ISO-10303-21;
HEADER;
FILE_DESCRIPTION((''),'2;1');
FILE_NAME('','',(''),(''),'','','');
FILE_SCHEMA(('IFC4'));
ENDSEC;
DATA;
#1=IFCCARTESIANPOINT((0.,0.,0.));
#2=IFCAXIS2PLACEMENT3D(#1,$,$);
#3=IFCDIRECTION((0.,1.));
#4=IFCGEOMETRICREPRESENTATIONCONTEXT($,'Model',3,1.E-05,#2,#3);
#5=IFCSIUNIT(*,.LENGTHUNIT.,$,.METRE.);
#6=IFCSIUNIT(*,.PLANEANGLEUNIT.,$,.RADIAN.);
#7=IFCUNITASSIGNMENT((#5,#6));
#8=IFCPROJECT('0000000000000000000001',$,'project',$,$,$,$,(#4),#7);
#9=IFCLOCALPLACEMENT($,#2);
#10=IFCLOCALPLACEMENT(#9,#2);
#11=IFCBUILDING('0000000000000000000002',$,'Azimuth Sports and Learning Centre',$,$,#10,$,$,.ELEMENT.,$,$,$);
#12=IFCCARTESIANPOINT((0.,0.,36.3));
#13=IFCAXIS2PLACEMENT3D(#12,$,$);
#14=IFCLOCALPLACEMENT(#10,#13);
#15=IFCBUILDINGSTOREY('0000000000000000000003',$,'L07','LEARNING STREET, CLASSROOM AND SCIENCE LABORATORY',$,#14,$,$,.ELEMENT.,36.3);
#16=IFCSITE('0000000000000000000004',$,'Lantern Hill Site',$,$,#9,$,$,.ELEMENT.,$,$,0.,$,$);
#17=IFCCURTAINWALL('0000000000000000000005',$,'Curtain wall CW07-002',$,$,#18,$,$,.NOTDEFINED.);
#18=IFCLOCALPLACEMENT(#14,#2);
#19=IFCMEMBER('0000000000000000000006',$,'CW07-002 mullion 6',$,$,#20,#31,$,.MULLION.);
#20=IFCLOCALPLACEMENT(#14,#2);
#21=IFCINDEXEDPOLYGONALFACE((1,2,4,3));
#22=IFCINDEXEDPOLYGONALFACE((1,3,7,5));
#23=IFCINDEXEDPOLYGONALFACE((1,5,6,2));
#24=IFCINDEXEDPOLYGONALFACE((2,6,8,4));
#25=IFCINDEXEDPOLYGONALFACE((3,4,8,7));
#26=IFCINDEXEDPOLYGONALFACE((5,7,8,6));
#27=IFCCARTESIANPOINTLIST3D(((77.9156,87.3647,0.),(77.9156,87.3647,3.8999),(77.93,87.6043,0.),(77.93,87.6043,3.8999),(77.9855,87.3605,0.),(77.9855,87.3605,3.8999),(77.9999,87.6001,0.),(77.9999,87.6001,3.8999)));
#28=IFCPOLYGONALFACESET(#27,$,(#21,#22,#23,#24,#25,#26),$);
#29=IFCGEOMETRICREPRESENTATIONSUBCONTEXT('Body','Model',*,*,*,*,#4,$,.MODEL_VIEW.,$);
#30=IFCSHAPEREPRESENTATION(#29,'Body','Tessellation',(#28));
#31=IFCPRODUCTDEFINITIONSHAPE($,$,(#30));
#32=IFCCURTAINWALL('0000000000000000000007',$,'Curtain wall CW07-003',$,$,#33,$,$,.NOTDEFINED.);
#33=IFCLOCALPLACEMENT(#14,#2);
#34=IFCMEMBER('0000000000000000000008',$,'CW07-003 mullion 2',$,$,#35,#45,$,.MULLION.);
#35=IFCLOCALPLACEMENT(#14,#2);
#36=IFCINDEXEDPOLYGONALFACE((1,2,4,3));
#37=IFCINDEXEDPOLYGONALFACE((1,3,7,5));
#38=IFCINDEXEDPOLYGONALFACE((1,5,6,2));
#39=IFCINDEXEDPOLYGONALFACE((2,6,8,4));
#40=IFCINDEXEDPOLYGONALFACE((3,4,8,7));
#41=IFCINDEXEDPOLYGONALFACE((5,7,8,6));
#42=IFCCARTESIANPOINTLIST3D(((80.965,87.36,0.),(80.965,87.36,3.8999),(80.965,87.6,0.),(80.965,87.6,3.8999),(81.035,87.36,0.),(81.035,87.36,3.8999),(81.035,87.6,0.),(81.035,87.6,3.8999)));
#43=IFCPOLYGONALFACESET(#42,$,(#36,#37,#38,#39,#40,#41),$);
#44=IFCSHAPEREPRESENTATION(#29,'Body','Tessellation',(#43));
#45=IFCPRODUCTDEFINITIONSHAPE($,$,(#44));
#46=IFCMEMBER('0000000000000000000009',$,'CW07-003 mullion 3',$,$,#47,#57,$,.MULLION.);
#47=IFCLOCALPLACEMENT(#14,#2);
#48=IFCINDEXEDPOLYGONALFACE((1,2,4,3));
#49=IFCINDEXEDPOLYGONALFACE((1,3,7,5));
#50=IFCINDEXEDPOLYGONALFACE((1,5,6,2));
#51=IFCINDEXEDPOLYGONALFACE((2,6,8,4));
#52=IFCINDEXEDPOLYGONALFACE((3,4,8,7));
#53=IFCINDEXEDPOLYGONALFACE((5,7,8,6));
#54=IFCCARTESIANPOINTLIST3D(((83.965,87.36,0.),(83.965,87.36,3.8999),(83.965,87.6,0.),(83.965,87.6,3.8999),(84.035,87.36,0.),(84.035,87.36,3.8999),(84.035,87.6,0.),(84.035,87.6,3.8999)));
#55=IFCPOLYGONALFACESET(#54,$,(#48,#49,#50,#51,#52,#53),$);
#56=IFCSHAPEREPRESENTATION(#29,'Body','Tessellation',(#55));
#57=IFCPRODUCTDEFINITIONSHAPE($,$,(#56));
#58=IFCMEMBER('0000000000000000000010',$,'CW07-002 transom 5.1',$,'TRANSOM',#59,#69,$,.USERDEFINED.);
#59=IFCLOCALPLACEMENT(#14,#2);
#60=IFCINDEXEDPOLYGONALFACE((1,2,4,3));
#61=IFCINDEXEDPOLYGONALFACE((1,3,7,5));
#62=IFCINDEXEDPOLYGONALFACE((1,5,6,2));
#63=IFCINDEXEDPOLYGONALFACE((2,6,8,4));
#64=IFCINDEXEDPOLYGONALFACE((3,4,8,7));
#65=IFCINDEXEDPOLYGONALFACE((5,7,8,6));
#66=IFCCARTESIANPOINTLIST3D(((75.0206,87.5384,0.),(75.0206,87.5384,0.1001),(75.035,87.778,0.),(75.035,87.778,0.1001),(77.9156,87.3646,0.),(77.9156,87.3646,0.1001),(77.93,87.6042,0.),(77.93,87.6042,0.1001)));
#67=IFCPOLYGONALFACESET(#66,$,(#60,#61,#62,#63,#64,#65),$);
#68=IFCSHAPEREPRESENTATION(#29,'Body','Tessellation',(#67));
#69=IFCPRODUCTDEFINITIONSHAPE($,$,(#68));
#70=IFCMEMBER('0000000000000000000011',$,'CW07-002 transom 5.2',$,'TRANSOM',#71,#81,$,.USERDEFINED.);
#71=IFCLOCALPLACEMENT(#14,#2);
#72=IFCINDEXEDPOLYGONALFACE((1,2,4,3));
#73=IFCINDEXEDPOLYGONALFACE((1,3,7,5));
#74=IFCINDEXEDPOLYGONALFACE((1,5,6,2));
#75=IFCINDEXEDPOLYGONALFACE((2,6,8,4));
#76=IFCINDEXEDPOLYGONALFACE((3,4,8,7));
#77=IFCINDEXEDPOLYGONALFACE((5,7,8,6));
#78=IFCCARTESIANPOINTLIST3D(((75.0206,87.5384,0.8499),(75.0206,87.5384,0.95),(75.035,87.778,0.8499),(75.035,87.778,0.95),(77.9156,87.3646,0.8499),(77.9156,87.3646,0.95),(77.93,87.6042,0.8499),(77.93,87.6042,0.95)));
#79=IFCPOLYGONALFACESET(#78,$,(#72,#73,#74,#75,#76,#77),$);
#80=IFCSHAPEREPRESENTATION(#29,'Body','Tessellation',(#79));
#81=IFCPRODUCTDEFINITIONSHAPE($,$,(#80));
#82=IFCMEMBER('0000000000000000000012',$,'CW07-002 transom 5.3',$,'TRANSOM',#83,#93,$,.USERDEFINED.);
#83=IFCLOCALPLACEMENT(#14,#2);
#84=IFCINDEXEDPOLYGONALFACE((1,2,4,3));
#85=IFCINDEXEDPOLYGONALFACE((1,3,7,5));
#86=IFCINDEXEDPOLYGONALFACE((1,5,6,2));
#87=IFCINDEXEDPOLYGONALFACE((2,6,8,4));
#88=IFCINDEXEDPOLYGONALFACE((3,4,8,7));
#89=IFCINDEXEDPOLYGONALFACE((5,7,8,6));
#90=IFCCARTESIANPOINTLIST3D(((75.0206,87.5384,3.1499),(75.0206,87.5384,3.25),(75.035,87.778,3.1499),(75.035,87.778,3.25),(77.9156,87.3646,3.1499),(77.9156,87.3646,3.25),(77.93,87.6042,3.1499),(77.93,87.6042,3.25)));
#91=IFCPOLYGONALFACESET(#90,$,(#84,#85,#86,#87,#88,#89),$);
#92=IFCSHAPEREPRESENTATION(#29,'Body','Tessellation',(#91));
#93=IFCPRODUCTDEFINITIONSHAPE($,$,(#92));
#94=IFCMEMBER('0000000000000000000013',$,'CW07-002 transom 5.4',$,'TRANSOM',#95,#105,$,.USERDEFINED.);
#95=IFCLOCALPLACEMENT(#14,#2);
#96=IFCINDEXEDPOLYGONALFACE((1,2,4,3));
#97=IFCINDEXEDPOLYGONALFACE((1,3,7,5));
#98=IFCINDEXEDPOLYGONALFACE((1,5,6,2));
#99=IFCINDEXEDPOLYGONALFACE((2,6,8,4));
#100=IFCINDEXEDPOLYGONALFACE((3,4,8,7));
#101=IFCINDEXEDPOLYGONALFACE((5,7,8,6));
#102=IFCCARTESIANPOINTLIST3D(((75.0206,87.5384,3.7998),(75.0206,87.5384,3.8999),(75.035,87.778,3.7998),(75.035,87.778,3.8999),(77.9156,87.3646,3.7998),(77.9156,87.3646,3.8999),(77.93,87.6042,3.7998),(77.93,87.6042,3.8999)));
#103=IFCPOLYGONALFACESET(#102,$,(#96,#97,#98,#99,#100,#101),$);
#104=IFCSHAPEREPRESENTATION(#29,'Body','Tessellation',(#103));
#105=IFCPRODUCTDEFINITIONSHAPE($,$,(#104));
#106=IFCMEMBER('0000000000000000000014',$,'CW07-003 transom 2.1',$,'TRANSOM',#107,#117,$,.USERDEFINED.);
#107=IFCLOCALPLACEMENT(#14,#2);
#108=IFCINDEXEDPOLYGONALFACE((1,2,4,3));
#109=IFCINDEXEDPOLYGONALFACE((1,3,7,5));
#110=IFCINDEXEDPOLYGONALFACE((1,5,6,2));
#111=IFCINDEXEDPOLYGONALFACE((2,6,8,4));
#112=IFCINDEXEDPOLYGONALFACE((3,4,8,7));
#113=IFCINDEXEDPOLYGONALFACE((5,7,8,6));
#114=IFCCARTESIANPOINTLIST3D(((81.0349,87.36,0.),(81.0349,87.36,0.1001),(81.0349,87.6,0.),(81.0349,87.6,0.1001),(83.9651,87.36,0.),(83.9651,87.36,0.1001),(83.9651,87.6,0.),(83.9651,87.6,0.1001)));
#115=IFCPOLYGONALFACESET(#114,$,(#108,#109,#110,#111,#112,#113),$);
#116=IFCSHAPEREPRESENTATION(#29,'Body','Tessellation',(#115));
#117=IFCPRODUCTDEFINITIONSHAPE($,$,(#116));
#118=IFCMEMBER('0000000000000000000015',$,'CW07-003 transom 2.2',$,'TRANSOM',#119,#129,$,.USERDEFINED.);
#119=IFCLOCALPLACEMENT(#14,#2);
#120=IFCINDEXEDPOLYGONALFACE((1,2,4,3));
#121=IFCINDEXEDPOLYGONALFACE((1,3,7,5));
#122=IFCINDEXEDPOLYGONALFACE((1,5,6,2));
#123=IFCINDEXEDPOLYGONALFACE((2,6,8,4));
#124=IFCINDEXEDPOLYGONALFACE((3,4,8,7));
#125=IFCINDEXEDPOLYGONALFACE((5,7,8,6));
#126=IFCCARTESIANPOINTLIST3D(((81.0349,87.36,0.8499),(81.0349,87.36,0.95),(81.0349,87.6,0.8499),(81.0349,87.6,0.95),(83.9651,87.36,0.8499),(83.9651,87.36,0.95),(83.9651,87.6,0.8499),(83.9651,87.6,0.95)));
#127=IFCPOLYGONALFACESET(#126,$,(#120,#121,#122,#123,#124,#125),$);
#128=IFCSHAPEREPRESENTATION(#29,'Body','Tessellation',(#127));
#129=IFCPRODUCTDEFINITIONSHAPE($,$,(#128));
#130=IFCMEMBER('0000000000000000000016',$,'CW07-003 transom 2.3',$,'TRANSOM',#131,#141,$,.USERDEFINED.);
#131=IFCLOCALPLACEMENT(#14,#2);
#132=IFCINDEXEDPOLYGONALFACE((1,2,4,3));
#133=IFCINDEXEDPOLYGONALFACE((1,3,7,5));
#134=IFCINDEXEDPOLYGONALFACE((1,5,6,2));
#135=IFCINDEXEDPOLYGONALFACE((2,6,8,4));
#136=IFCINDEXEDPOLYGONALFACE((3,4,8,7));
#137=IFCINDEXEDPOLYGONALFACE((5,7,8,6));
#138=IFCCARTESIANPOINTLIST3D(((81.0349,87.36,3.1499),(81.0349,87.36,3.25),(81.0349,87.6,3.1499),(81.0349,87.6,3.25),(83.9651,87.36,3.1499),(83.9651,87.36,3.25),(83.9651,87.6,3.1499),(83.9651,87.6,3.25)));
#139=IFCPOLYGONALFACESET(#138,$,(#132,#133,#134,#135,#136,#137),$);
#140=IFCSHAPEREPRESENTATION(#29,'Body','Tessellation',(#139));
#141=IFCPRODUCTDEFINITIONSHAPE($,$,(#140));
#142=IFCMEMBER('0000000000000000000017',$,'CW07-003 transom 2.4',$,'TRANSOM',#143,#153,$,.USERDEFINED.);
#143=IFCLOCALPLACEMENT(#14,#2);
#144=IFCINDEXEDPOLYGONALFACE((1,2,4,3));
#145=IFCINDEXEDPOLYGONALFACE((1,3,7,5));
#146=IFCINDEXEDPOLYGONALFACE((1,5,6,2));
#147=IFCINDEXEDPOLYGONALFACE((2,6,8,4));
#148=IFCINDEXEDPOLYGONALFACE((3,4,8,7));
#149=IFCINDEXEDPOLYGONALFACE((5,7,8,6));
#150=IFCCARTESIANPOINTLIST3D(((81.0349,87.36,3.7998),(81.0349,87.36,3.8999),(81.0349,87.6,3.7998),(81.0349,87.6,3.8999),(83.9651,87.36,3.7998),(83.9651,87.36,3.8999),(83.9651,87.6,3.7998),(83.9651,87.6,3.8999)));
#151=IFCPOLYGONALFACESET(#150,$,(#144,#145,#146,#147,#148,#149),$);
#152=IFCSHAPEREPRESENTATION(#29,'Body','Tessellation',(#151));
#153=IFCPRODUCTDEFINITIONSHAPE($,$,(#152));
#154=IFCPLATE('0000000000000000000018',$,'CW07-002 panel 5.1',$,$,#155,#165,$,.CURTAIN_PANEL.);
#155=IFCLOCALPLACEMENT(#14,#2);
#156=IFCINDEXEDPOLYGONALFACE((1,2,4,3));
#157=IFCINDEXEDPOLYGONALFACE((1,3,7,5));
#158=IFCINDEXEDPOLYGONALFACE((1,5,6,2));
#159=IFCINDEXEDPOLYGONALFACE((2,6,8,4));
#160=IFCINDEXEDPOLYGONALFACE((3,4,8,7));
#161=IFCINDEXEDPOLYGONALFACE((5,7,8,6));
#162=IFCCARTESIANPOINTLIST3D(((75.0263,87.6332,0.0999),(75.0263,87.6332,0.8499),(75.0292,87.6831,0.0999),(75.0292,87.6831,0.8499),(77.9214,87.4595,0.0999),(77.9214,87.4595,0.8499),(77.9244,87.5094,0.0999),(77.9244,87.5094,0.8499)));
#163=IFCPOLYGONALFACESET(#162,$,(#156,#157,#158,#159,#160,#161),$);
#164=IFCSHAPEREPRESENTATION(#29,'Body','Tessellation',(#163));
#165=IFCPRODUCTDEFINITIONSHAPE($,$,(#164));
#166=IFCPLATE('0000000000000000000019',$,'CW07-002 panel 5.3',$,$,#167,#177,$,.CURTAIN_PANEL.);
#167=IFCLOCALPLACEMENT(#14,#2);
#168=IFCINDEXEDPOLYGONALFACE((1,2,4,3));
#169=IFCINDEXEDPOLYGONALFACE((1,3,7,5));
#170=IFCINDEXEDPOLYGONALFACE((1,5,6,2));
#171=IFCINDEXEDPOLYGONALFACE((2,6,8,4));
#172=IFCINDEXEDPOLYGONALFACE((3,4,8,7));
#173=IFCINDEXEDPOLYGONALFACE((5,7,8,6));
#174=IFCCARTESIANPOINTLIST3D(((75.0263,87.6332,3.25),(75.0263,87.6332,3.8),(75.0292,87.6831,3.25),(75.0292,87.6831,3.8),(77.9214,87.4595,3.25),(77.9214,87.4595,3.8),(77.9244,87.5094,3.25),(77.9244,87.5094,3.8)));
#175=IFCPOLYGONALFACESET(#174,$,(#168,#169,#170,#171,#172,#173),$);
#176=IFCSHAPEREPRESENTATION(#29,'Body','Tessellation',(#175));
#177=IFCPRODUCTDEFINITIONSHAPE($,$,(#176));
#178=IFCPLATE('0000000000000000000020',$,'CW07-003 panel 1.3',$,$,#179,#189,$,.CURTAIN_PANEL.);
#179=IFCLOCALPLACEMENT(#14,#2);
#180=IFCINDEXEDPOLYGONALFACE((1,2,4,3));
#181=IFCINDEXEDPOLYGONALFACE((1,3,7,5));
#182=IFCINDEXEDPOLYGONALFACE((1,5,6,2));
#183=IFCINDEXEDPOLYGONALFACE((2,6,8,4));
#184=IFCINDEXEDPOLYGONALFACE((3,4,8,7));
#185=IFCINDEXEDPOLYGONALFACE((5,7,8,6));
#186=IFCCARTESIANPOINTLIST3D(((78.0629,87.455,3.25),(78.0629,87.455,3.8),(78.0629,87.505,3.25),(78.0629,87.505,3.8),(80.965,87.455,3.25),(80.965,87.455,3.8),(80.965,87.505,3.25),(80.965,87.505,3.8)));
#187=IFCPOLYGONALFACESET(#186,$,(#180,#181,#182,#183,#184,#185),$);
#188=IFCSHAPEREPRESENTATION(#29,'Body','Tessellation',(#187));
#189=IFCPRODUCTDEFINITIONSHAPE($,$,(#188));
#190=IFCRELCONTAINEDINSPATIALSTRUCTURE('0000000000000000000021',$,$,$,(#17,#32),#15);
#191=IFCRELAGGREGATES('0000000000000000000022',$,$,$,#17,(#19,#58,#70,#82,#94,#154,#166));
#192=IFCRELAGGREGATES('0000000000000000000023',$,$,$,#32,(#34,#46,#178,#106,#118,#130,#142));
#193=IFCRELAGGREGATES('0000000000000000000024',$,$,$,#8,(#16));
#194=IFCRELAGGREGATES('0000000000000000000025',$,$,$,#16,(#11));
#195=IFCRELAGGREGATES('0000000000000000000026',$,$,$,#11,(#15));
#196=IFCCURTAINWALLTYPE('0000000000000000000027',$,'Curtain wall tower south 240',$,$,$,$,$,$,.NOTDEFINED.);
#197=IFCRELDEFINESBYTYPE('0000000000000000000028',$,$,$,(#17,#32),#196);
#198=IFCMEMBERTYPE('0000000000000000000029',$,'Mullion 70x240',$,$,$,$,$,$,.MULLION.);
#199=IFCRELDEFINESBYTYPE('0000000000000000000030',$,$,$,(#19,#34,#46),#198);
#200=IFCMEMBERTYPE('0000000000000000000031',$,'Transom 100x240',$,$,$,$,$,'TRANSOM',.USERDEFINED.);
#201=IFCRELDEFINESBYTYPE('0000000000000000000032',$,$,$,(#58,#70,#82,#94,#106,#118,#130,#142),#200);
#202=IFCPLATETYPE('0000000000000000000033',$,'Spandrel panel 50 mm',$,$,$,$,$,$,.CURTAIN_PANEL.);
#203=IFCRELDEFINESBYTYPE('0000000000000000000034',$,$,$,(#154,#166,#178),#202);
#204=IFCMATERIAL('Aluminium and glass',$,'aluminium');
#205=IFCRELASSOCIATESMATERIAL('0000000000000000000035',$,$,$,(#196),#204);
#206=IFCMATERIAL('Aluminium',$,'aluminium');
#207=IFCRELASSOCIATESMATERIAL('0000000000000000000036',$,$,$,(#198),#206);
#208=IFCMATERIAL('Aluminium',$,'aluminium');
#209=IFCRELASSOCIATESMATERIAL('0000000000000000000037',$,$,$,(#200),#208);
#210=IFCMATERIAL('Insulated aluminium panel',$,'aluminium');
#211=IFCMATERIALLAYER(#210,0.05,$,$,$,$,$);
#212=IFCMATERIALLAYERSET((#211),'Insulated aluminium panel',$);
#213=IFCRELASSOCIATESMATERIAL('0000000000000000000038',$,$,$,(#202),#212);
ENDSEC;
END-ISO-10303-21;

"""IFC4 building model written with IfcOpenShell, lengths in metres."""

from ifc_helpers import new_model, si_unit, direction, frame, origin, origin_2d, place, context, subcontext, project, spatial, rectangle, extrude, material, layer, layer_set, material_profile, profile_set, type_object, element, aggregate, save


model = new_model("IFC4")

# Units and contexts
model_context = context("Model", 3, precision=1e-05, world=origin(), true_north=direction((0.0, 1.0)))
body_context = subcontext(model_context, "Body", "Model", "MODEL_VIEW")
ifc_project = project(units=[si_unit("LENGTHUNIT", "METRE"), si_unit("PLANEANGLEUNIT", "RADIAN")], contexts=[model_context])

# Site, building, storey
site_placement = place(None, origin())
site = spatial("IfcSite", under=ifc_project, at=site_placement, Name="Lantern Hill Site", CompositionType="ELEMENT", RefElevation=0.0)
building_placement = place(site_placement, origin())
building = spatial("IfcBuilding", under=site, at=building_placement, Name="Azimuth Sports and Learning Centre", CompositionType="ELEMENT")
storey_placement = place(building_placement, frame((0.0, 0.0, 36.3)))
storey = spatial("IfcBuildingStorey", under=building, at=storey_placement, Name="L07", Description="LEARNING STREET, CLASSROOM AND SCIENCE LABORATORY", CompositionType="ELEMENT", Elevation=36.3)

# Curtain wall, member
ifc_material_1 = material(Name="Aluminium and glass", Category="aluminium")
curtain_wall_type = type_object("IfcCurtainWallType", Name="Curtain wall tower south 240", PredefinedType="NOTDEFINED", material=ifc_material_1)
curtain_wall_1_placement = place(storey_placement, origin())
curtain_wall_1 = element("IfcCurtainWall", 1, at=curtain_wall_1_placement, inside=storey, type_object=curtain_wall_type, Name="Curtain wall CW07-002", PredefinedType="NOTDEFINED")
ifc_material_2 = material(Name="Aluminium", Category="aluminium")
ifc_material_profile_1 = material_profile(ifc_material_2, rectangle(XDim=0.24, YDim=0.0701, at=origin_2d()), Name="Mullion 70x240")
ifc_profile_set_1 = profile_set([ifc_material_profile_1], Name="Aluminium")
member_type_1 = type_object("IfcMemberType", Name="Mullion 70x240", PredefinedType="MULLION", material=ifc_profile_set_1)
member_1_placement = place(storey_placement, frame((77.9578, 87.4824, 0.0), z_axis=(0.0, 0.0, 1.0), x_axis=(0.059892, 0.998205, 0.0)))
member_1 = element("IfcMember", 2, at=member_1_placement, type_object=member_type_1, Name="CW07-002 mullion 6", PredefinedType="MULLION", context=body_context, shape_type="SweptSolid", body=[
    extrude(rectangle(XDim=0.24, YDim=0.0701, at=origin_2d()), origin(), (0.0, 0.0, 1.0), 3.8999),
])

# Curtain wall, members
curtain_wall_2_placement = place(storey_placement, origin())
curtain_wall_2 = element("IfcCurtainWall", 3, at=curtain_wall_2_placement, inside=storey, type_object=curtain_wall_type, Name="Curtain wall CW07-003", PredefinedType="NOTDEFINED")
member_2_placement = place(storey_placement, frame((81.0, 87.48, 0.0), z_axis=(0.0, 0.0, 1.0), x_axis=(0.0, 1.0, 0.0)))
member_2 = element("IfcMember", 4, at=member_2_placement, type_object=member_type_1, Name="CW07-003 mullion 2", PredefinedType="MULLION", context=body_context, shape_type="SweptSolid", body=[
    extrude(rectangle(XDim=0.24, YDim=0.0701, at=origin_2d()), origin(), (0.0, 0.0, 1.0), 3.8999),
])
member_3_placement = place(storey_placement, frame((84.0, 87.48, 0.0), z_axis=(0.0, 0.0, 1.0), x_axis=(0.0, 1.0, 0.0)))
member_3 = element("IfcMember", 5, at=member_3_placement, type_object=member_type_1, Name="CW07-003 mullion 3", PredefinedType="MULLION", context=body_context, shape_type="SweptSolid", body=[
    extrude(rectangle(XDim=0.24, YDim=0.0701, at=origin_2d()), origin(), (0.0, 0.0, 1.0), 3.8999),
])

# Members
ifc_material_3 = material(Name="Aluminium", Category="aluminium")
ifc_material_profile_2 = material_profile(ifc_material_3, rectangle(XDim=0.24, YDim=0.1001, at=origin_2d()), Name="Transom 100x240")
ifc_profile_set_2 = profile_set([ifc_material_profile_2], Name="Aluminium")
member_type_2 = type_object("IfcMemberType", Name="Transom 100x240", ElementType="TRANSOM", PredefinedType="USERDEFINED", material=ifc_profile_set_2)
member_4_placement = place(storey_placement, frame((75.0278, 87.6582, 0.05), z_axis=(0.998202, -0.059936, 0.0), x_axis=(0.059936, 0.998202, 0.0)))
member_4 = element("IfcMember", 6, at=member_4_placement, type_object=member_type_2, Name="CW07-002 transom 5.1", ObjectType="TRANSOM", PredefinedType="USERDEFINED", context=body_context, shape_type="SweptSolid", body=[
    extrude(rectangle(XDim=0.24, YDim=0.1001, at=origin_2d()), origin(), (0.0, 0.0, 1.0), 2.9001),
])
member_5_placement = place(storey_placement, frame((75.0278, 87.6582, 0.8999), z_axis=(0.998202, -0.059936, 0.0), x_axis=(0.059936, 0.998202, 0.0)))
member_5 = element("IfcMember", 7, at=member_5_placement, type_object=member_type_2, Name="CW07-002 transom 5.2", ObjectType="TRANSOM", PredefinedType="USERDEFINED", context=body_context, shape_type="SweptSolid", body=[
    extrude(rectangle(XDim=0.24, YDim=0.1001, at=origin_2d()), origin(), (0.0, 0.0, 1.0), 2.9001),
])
member_6_placement = place(storey_placement, frame((75.0278, 87.6582, 3.2), z_axis=(0.998202, -0.059936, 0.0), x_axis=(0.059936, 0.998202, 0.0)))
member_6 = element("IfcMember", 8, at=member_6_placement, type_object=member_type_2, Name="CW07-002 transom 5.3", ObjectType="TRANSOM", PredefinedType="USERDEFINED", context=body_context, shape_type="SweptSolid", body=[
    extrude(rectangle(XDim=0.24, YDim=0.1001, at=origin_2d()), origin(), (0.0, 0.0, 1.0), 2.9001),
])
member_7_placement = place(storey_placement, frame((75.0278, 87.6582, 3.8499), z_axis=(0.998202, -0.059936, 0.0), x_axis=(0.059936, 0.998202, 0.0)))
member_7 = element("IfcMember", 9, at=member_7_placement, type_object=member_type_2, Name="CW07-002 transom 5.4", ObjectType="TRANSOM", PredefinedType="USERDEFINED", context=body_context, shape_type="SweptSolid", body=[
    extrude(rectangle(XDim=0.24, YDim=0.1001, at=origin_2d()), origin(), (0.0, 0.0, 1.0), 2.9001),
])
member_8_placement = place(storey_placement, frame((81.0349, 87.48, 0.05), z_axis=(1.0, 0.0, 0.0), x_axis=(0.0, 1.0, 0.0)))
member_8 = element("IfcMember", 10, at=member_8_placement, type_object=member_type_2, Name="CW07-003 transom 2.1", ObjectType="TRANSOM", PredefinedType="USERDEFINED", context=body_context, shape_type="SweptSolid", body=[
    extrude(rectangle(XDim=0.24, YDim=0.1001, at=origin_2d()), origin(), (0.0, 0.0, 1.0), 2.9302),
])
member_9_placement = place(storey_placement, frame((81.0349, 87.48, 0.8999), z_axis=(1.0, 0.0, 0.0), x_axis=(0.0, 1.0, 0.0)))
member_9 = element("IfcMember", 11, at=member_9_placement, type_object=member_type_2, Name="CW07-003 transom 2.2", ObjectType="TRANSOM", PredefinedType="USERDEFINED", context=body_context, shape_type="SweptSolid", body=[
    extrude(rectangle(XDim=0.24, YDim=0.1001, at=origin_2d()), origin(), (0.0, 0.0, 1.0), 2.9302),
])
member_10_placement = place(storey_placement, frame((81.0349, 87.48, 3.2), z_axis=(1.0, 0.0, 0.0), x_axis=(0.0, 1.0, 0.0)))
member_10 = element("IfcMember", 12, at=member_10_placement, type_object=member_type_2, Name="CW07-003 transom 2.3", ObjectType="TRANSOM", PredefinedType="USERDEFINED", context=body_context, shape_type="SweptSolid", body=[
    extrude(rectangle(XDim=0.24, YDim=0.1001, at=origin_2d()), origin(), (0.0, 0.0, 1.0), 2.9302),
])
member_11_placement = place(storey_placement, frame((81.0349, 87.48, 3.8499), z_axis=(1.0, 0.0, 0.0), x_axis=(0.0, 1.0, 0.0)))
member_11 = element("IfcMember", 13, at=member_11_placement, type_object=member_type_2, Name="CW07-003 transom 2.4", ObjectType="TRANSOM", PredefinedType="USERDEFINED", context=body_context, shape_type="SweptSolid", body=[
    extrude(rectangle(XDim=0.24, YDim=0.1001, at=origin_2d()), origin(), (0.0, 0.0, 1.0), 2.9302),
])

# Plates
ifc_material_4 = material(Name="Insulated aluminium panel", Category="aluminium")
ifc_layer_1 = layer(ifc_material_4, 0.05)
ifc_layer_set_1 = layer_set([ifc_layer_1], Name="Insulated aluminium panel")
plate_type_1 = type_object("IfcPlateType", Name="Spandrel panel 50 mm", PredefinedType="CURTAIN_PANEL", material=ifc_layer_set_1)
plate_1_placement = place(storey_placement, frame((76.4753, 87.5713, 0.0999), z_axis=(0.0, 0.0, 1.0), x_axis=(0.998205, -0.059892, 0.0)))
plate_1 = element("IfcPlate", 14, at=plate_1_placement, type_object=plate_type_1, Name="CW07-002 panel 5.1", PredefinedType="CURTAIN_PANEL", context=body_context, shape_type="SweptSolid", body=[
    extrude(rectangle(XDim=2.9004, YDim=0.05, at=origin_2d()), origin(), (0.0, 0.0, 1.0), 0.75),
])
plate_2_placement = place(storey_placement, frame((76.4753, 87.5713, 3.25), z_axis=(0.0, 0.0, 1.0), x_axis=(0.998205, -0.059892, 0.0)))
plate_2 = element("IfcPlate", 15, at=plate_2_placement, type_object=plate_type_1, Name="CW07-002 panel 5.3", PredefinedType="CURTAIN_PANEL", context=body_context, shape_type="SweptSolid", body=[
    extrude(rectangle(XDim=2.9004, YDim=0.05, at=origin_2d()), origin(), (0.0, 0.0, 1.0), 0.55),
])
plate_3_placement = place(storey_placement, frame((79.5139, 87.48, 3.25), z_axis=(0.0, 0.0, 1.0), x_axis=(1.0, 0.0, 0.0)))
plate_3 = element("IfcPlate", 16, at=plate_3_placement, type_object=plate_type_1, Name="CW07-003 panel 1.3", PredefinedType="CURTAIN_PANEL", context=body_context, shape_type="SweptSolid", body=[
    extrude(rectangle(XDim=2.9021, YDim=0.05, at=origin_2d()), origin(), (0.0, 0.0, 1.0), 0.55),
])
aggregate(curtain_wall_1, [member_1, member_4, member_5, member_6, member_7, plate_1, plate_2])
aggregate(curtain_wall_2, [member_2, member_3, plate_3, member_8, member_9, member_10, member_11])

save(model, "model.ifc")
